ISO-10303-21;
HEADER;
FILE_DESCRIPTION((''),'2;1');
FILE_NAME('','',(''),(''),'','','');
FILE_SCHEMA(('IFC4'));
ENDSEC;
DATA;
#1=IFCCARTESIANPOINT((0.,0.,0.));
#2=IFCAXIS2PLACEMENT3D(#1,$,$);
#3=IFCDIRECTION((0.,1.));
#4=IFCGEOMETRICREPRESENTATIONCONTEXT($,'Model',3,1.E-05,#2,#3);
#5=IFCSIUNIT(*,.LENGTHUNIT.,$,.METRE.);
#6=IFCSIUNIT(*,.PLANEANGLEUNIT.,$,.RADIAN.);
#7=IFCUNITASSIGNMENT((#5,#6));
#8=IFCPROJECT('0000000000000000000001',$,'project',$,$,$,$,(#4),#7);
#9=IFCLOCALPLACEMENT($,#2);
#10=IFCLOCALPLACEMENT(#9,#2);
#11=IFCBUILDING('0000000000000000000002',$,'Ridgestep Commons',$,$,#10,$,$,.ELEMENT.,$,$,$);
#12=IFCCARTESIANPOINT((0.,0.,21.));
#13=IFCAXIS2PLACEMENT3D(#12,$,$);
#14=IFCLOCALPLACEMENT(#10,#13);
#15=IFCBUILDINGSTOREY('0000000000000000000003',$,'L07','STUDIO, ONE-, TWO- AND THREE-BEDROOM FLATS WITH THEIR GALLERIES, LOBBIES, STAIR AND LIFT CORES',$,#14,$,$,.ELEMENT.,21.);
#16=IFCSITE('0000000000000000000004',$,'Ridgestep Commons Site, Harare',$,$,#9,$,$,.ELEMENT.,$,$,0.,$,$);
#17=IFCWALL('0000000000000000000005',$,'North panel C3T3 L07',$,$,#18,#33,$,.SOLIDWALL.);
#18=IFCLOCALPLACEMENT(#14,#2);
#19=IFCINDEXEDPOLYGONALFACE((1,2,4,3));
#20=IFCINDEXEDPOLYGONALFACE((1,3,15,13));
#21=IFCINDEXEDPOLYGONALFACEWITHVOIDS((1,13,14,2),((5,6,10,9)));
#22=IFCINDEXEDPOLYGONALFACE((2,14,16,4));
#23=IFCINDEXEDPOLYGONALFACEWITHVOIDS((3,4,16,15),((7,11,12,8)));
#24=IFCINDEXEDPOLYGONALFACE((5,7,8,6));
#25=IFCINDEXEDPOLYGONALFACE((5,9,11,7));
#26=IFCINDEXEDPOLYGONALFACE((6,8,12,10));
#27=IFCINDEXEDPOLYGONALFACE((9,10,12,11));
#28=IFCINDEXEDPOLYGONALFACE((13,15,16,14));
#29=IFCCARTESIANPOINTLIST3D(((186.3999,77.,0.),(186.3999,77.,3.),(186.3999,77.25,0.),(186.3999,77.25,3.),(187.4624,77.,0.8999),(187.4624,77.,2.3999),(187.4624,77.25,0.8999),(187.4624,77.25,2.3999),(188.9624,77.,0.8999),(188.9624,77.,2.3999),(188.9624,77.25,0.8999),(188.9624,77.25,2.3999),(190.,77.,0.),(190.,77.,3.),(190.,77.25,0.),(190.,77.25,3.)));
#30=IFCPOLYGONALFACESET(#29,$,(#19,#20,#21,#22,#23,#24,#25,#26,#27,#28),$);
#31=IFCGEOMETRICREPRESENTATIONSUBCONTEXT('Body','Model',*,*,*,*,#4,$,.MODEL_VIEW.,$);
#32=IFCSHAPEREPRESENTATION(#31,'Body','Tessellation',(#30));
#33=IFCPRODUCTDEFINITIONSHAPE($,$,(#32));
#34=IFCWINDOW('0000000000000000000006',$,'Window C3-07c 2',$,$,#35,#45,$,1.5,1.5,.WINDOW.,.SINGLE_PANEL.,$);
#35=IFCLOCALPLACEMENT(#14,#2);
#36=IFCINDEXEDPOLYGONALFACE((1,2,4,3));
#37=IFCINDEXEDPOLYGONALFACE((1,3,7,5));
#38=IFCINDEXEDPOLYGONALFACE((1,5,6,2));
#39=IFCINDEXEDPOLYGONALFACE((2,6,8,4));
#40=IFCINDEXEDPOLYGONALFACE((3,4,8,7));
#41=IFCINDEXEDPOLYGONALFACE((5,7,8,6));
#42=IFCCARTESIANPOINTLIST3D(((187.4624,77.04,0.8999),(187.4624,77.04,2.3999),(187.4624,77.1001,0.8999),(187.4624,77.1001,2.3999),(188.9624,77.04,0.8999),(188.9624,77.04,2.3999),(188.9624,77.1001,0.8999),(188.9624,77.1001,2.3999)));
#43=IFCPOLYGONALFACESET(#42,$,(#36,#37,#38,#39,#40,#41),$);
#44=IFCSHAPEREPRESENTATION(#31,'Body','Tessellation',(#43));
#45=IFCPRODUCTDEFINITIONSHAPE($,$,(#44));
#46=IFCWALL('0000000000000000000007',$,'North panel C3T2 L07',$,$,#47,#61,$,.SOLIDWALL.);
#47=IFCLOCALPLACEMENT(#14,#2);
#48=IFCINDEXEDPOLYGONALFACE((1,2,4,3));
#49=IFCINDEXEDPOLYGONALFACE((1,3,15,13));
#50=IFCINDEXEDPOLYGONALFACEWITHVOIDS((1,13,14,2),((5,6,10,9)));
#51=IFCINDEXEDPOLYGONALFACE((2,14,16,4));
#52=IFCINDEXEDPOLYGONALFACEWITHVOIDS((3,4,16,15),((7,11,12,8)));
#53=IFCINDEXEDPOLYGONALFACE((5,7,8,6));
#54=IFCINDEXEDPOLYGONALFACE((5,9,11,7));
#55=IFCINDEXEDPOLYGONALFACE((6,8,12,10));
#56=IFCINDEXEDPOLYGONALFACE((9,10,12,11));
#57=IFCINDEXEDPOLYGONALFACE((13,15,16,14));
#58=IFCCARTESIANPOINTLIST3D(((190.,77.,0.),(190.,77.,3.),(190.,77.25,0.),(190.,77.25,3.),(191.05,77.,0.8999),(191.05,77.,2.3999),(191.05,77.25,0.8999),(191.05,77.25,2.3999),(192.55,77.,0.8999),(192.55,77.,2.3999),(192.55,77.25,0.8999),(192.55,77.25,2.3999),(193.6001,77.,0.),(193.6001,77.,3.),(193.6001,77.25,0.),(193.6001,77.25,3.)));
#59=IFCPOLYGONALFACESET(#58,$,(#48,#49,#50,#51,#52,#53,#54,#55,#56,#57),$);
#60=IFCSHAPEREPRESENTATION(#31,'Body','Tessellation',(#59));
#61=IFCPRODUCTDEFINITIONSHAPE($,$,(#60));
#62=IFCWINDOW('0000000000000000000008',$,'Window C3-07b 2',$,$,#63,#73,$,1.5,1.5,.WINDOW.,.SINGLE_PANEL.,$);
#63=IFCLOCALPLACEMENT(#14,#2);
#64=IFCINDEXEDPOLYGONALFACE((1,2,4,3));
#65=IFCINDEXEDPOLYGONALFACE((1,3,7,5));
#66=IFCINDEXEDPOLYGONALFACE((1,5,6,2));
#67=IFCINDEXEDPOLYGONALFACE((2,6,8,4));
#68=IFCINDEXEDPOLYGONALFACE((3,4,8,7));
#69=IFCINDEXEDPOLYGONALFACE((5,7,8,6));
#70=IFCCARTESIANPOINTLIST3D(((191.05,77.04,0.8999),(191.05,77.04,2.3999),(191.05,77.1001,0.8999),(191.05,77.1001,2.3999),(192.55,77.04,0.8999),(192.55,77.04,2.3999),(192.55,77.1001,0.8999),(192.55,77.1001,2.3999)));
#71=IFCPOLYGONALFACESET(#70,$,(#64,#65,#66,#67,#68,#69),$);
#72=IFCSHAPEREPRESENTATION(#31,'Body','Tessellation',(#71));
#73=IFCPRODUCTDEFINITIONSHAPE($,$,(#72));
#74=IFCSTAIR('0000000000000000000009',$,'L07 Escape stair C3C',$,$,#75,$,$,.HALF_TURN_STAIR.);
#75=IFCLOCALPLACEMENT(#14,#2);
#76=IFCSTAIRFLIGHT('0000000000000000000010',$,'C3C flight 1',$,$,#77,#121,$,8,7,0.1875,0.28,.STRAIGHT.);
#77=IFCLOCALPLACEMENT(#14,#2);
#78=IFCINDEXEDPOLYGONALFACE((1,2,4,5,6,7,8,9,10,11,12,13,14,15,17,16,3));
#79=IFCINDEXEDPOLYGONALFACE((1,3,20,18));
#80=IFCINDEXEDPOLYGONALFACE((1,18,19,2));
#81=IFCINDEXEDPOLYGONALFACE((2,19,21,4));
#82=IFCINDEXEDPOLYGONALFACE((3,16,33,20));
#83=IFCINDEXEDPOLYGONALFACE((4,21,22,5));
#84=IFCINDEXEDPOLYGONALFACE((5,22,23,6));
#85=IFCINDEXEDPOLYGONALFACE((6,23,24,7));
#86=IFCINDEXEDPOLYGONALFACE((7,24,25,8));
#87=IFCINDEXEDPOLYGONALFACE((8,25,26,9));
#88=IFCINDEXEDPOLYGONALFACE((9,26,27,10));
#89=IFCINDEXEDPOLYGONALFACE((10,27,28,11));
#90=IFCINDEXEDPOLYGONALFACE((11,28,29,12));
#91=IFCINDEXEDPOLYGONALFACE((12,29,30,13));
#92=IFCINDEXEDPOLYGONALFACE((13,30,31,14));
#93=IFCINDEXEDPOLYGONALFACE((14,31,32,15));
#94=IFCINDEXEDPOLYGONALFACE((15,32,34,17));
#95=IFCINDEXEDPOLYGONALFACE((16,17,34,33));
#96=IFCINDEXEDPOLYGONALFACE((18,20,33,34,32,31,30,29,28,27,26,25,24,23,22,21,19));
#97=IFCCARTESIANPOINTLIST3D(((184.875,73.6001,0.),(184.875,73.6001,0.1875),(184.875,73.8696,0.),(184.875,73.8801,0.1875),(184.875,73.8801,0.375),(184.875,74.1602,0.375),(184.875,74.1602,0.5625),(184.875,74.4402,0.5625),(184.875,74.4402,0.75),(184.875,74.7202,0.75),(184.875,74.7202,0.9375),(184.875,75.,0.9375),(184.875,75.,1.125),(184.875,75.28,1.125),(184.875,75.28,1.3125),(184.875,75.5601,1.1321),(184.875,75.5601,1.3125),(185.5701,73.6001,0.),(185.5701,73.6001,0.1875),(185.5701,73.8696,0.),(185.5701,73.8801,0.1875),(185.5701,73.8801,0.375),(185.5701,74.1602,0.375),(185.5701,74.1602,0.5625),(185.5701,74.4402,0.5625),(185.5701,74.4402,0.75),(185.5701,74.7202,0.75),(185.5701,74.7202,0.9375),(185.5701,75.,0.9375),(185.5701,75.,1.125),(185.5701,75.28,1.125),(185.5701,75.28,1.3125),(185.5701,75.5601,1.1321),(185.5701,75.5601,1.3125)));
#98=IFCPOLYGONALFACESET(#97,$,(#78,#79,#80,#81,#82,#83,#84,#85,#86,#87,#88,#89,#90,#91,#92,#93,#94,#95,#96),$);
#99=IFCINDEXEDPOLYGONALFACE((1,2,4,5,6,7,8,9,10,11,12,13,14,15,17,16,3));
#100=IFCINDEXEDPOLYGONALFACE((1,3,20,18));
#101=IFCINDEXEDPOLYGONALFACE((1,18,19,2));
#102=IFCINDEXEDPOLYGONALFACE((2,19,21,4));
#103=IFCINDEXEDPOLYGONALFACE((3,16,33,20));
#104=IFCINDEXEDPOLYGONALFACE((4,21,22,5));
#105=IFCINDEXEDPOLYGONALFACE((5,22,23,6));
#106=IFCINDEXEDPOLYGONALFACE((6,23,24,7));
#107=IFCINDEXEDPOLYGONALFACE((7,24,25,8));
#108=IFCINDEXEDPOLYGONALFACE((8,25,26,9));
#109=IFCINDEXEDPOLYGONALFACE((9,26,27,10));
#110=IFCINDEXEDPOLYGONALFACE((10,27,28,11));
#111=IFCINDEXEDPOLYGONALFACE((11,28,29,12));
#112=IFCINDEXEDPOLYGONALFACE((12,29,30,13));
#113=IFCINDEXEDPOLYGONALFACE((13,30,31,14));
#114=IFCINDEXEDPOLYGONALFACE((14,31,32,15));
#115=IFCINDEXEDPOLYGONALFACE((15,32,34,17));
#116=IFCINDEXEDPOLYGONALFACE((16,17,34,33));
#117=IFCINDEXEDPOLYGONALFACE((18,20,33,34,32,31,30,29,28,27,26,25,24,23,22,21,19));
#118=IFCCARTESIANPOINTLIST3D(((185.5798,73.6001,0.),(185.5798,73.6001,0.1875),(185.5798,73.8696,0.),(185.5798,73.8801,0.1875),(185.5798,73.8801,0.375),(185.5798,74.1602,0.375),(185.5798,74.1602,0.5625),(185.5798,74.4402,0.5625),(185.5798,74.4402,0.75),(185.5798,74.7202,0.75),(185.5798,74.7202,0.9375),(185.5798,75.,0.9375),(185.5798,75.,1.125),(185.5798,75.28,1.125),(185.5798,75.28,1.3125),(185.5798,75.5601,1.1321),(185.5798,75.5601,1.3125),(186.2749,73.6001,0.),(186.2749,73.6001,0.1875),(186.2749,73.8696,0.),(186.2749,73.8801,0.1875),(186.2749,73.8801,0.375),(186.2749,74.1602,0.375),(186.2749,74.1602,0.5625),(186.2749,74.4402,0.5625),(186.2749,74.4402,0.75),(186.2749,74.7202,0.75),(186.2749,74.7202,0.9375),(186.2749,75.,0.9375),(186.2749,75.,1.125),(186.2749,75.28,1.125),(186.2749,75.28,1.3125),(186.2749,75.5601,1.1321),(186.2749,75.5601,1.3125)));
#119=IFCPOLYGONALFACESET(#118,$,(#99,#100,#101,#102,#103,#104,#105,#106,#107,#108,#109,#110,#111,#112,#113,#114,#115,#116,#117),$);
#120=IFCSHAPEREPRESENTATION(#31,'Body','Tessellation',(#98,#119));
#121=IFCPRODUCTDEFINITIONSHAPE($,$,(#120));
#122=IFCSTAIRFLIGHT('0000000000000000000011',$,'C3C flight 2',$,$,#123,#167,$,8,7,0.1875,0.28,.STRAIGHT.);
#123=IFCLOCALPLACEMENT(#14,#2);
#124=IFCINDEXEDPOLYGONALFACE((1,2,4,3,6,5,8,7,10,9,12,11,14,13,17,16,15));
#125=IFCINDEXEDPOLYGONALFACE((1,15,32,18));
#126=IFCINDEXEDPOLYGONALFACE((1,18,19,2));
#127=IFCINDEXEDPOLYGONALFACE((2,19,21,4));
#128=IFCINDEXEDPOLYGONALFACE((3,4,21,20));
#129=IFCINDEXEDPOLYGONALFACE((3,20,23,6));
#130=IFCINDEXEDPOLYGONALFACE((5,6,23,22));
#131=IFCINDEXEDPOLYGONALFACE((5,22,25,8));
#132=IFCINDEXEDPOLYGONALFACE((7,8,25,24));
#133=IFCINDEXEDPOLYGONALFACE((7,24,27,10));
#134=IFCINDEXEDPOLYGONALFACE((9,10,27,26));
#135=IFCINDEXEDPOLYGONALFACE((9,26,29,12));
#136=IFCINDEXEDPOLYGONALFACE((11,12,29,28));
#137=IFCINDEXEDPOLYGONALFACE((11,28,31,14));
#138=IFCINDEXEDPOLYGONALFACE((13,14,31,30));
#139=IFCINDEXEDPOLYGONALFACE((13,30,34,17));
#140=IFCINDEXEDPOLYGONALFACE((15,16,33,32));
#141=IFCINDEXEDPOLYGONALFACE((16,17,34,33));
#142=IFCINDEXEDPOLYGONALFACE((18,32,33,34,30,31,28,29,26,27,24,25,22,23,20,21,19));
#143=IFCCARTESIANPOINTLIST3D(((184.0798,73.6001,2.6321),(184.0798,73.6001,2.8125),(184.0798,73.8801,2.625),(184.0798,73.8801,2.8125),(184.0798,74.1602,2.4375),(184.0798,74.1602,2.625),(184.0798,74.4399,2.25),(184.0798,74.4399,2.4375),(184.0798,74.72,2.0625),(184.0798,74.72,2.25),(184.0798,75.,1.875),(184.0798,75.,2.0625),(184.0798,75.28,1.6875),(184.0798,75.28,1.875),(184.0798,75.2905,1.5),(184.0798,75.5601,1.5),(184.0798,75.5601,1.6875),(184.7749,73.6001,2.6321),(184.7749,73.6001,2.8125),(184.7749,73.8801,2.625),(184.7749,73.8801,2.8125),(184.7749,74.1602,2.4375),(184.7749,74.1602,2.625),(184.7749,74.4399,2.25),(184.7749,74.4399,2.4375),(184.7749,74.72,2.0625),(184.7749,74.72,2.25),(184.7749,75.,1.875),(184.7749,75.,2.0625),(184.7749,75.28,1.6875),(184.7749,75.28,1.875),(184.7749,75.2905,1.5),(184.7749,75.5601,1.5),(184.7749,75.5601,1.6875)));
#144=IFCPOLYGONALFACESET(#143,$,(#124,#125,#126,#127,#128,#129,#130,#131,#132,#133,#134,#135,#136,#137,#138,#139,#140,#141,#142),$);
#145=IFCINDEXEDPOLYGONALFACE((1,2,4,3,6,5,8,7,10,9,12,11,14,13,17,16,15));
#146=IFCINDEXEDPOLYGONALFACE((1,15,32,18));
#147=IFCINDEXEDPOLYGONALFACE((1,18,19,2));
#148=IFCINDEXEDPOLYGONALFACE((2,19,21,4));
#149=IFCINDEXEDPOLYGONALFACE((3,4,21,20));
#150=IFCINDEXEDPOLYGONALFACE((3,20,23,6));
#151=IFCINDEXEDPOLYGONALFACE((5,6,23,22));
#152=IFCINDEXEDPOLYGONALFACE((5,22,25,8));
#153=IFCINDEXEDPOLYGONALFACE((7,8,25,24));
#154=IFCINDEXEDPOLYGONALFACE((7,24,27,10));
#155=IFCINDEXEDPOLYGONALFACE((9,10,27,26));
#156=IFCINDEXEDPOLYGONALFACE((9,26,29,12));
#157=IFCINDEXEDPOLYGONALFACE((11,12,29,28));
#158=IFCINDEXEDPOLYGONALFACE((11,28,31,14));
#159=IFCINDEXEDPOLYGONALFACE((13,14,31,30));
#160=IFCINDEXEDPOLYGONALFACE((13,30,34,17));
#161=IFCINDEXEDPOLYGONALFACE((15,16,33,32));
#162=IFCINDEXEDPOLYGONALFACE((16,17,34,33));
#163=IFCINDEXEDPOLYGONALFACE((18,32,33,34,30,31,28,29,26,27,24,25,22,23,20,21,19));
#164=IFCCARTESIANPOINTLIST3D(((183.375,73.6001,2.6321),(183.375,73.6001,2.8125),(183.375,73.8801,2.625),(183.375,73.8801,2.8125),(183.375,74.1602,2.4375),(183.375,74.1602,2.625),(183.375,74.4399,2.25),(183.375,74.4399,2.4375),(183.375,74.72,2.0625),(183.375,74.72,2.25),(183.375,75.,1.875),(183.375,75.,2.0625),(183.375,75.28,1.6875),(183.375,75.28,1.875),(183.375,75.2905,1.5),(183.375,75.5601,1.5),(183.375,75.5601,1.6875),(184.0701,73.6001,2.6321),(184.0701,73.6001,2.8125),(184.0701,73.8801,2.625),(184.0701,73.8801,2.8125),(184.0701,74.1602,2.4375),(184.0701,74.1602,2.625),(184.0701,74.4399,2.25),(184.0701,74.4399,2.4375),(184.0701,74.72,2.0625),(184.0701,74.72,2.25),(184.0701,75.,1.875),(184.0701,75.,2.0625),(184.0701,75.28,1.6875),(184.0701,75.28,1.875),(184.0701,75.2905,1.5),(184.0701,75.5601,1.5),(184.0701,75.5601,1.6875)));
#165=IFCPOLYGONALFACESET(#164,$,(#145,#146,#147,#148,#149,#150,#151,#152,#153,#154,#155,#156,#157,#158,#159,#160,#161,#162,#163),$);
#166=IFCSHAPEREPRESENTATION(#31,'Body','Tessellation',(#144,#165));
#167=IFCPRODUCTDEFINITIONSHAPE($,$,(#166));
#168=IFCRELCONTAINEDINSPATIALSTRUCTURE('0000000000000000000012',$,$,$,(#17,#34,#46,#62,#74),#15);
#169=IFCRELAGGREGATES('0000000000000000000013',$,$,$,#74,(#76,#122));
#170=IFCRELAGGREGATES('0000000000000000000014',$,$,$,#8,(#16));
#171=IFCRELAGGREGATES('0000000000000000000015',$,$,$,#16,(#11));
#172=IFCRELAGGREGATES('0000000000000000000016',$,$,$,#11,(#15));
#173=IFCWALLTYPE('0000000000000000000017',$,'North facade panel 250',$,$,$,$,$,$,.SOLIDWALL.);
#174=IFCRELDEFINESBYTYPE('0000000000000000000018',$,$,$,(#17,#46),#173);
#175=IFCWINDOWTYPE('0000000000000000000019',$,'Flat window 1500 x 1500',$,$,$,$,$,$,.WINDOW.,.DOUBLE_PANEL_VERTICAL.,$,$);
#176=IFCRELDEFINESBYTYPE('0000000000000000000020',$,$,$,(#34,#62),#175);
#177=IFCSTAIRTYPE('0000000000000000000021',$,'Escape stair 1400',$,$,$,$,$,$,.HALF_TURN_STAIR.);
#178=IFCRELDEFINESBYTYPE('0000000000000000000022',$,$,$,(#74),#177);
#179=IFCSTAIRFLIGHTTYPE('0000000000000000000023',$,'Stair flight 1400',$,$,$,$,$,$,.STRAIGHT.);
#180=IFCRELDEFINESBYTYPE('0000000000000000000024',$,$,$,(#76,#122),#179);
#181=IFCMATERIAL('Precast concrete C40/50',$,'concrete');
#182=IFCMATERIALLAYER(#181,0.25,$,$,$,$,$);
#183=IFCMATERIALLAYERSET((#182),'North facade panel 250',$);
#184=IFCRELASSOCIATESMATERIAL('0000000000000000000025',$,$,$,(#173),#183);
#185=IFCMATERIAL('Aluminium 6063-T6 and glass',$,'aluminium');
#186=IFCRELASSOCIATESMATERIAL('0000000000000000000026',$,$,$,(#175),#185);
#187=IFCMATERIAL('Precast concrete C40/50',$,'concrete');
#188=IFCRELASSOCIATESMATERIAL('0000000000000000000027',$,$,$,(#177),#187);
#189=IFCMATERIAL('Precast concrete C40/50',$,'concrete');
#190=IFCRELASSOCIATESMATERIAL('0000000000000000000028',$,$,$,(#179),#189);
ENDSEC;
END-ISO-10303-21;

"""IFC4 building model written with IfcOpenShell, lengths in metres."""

from ifc_helpers import new_model, si_unit, direction, frame, frame_2d, origin, place, context, subcontext, project, spatial, polyline, rectangle, outline, extrude, material, layer, layer_set, type_object, element, fill, aggregate, save


model = new_model("IFC4")

# Units and contexts
model_context = context("Model", 3, precision=1e-05, world=origin(), true_north=direction((0.0, 1.0)))
body_context = subcontext(model_context, "Body", "Model", "MODEL_VIEW")
ifc_project = project(units=[si_unit("LENGTHUNIT", "METRE"), si_unit("PLANEANGLEUNIT", "RADIAN")], contexts=[model_context])

# Site, building, storey
site_placement = place(None, origin())
site = spatial("IfcSite", under=ifc_project, at=site_placement, Name="Ridgestep Commons Site, Harare", CompositionType="ELEMENT", RefElevation=0.0)
building_placement = place(site_placement, origin())
building = spatial("IfcBuilding", under=site, at=building_placement, Name="Ridgestep Commons", CompositionType="ELEMENT")
storey_placement = place(building_placement, frame((0.0, 0.0, 21.0)))
storey = spatial("IfcBuildingStorey", under=building, at=storey_placement, Name="L07", Description="STUDIO, ONE-, TWO- AND THREE-BEDROOM FLATS WITH THEIR GALLERIES, LOBBIES, STAIR AND LIFT CORES", CompositionType="ELEMENT", Elevation=21.0)

# Shared definitions
ifc_material_1 = material(Name="Precast concrete C40/50", Category="concrete")
ifc_layer_1 = layer(ifc_material_1, 0.25)
ifc_layer_set_1 = layer_set([ifc_layer_1], Name="North facade panel 250")
wall_type_1 = type_object("IfcWallType", Name="North facade panel 250", PredefinedType="SOLIDWALL", material=ifc_layer_set_1)

# Walls, openings, windows
wall_1_placement = place(storey_placement, frame((186.3999, 77.125, 0.0), z_axis=(0.0, 0.0, 1.0), x_axis=(1.0, 0.0, 0.0)))
wall_1 = element("IfcWall", 1, at=wall_1_placement, inside=storey, type_object=wall_type_1, Name="North panel C3T3 L07", PredefinedType="SOLIDWALL", context=body_context, shape_type="SweptSolid", body=[
    extrude(rectangle(XDim=3.6001, YDim=0.25, at=frame_2d((1.8, 0.0))), origin(), (0.0, 0.0, 1.0), 3.0),
])
opening_1_placement = place(wall_1_placement, frame((1.0625, 0.0, 0.8999)))
opening_1 = element("IfcOpeningElement", 2, at=opening_1_placement, cuts=wall_1, PredefinedType="OPENING", context=body_context, shape_type="SweptSolid", body=[
    extrude(rectangle(XDim=1.5, YDim=1.5, at=frame_2d((0.75, 0.75))), frame((0.0, 0.135, 0.0), z_axis=(0.0, -1.0, 0.0), x_axis=(1.0, 0.0, 0.0)), (0.0, 0.0, 1.0), 0.27),
])
ifc_material_2 = material(Name="Aluminium 6063-T6 and glass", Category="aluminium")
window_type = type_object("IfcWindowType", Name="Flat window 1500 x 1500", PartitioningType="DOUBLE_PANEL_VERTICAL", PredefinedType="WINDOW", material=ifc_material_2)
window_1_placement = place(opening_1_placement, origin())
window_1 = element("IfcWindow", 3, at=window_1_placement, inside=storey, type_object=window_type, Name="Window C3-07c 2", OverallHeight=1.5, OverallWidth=1.5, PartitioningType="SINGLE_PANEL", PredefinedType="WINDOW", context=body_context, shape_type="SweptSolid", body=[
    extrude(rectangle(XDim=1.5, YDim=1.5, at=frame_2d((0.75, 0.75))), frame((0.0, -0.0249, 0.0), z_axis=(0.0, -1.0, 0.0), x_axis=(1.0, 0.0, 0.0)), (0.0, 0.0, 1.0), 0.0601),
])
fill(opening_1, window_1)
wall_2_placement = place(storey_placement, frame((190.0, 77.125, 0.0), z_axis=(0.0, 0.0, 1.0), x_axis=(1.0, 0.0, 0.0)))
wall_2 = element("IfcWall", 4, at=wall_2_placement, inside=storey, type_object=wall_type_1, Name="North panel C3T2 L07", PredefinedType="SOLIDWALL", context=body_context, shape_type="SweptSolid", body=[
    extrude(rectangle(XDim=3.6001, YDim=0.25, at=frame_2d((1.8, 0.0))), origin(), (0.0, 0.0, 1.0), 3.0),
])
opening_2_placement = place(wall_2_placement, frame((1.05, 0.0, 0.8999)))
opening_2 = element("IfcOpeningElement", 5, at=opening_2_placement, cuts=wall_2, PredefinedType="OPENING", context=body_context, shape_type="SweptSolid", body=[
    extrude(rectangle(XDim=1.5, YDim=1.5, at=frame_2d((0.75, 0.75))), frame((0.0, 0.135, 0.0), z_axis=(0.0, -1.0, 0.0), x_axis=(1.0, 0.0, 0.0)), (0.0, 0.0, 1.0), 0.27),
])
window_2_placement = place(opening_2_placement, origin())
window_2 = element("IfcWindow", 6, at=window_2_placement, inside=storey, type_object=window_type, Name="Window C3-07b 2", OverallHeight=1.5, OverallWidth=1.5, PartitioningType="SINGLE_PANEL", PredefinedType="WINDOW", context=body_context, shape_type="SweptSolid", body=[
    extrude(rectangle(XDim=1.5, YDim=1.5, at=frame_2d((0.75, 0.75))), frame((0.0, -0.0249, 0.0), z_axis=(0.0, -1.0, 0.0), x_axis=(1.0, 0.0, 0.0)), (0.0, 0.0, 1.0), 0.0601),
])
fill(opening_2, window_2)

# Stair, stair flights
ifc_material_3 = material(Name="Precast concrete C40/50", Category="concrete")
stair_type = type_object("IfcStairType", Name="Escape stair 1400", PredefinedType="HALF_TURN_STAIR", material=ifc_material_3)
stair_placement = place(storey_placement, origin())
stair = element("IfcStair", 7, at=stair_placement, inside=storey, type_object=stair_type, Name="L07 Escape stair C3C", PredefinedType="HALF_TURN_STAIR")
ifc_material_4 = material(Name="Precast concrete C40/50", Category="concrete")
stair_flight_type = type_object("IfcStairFlightType", Name="Stair flight 1400", PredefinedType="STRAIGHT", material=ifc_material_4)
stair_flight_1_placement = place(storey_placement, frame((185.575, 73.6001, 0.0), z_axis=(0.0, 0.0, 1.0), x_axis=(0.0, 1.0, 0.0)))
stair_flight_1 = element("IfcStairFlight", 8, at=stair_flight_1_placement, type_object=stair_flight_type, Name="C3C flight 1", NumberOfRisers=8, NumberOfTreads=7, PredefinedType="STRAIGHT", RiserHeight=0.1875, TreadLength=0.28, context=body_context, shape_type="SweptSolid", body=[
    extrude(outline(polyline([(0.0, 0.0), (0.0, 0.1875), (0.28, 0.1875), (0.28, 0.375), (0.5601, 0.375), (0.5601, 0.5625), (0.8401, 0.5625), (0.8401, 0.75), (1.1201, 0.75), (1.1201, 0.9375), (1.3999, 0.9375), (1.3999, 1.125), (1.6799, 1.125), (1.6799, 1.3125), (1.96, 1.3125), (1.96, 1.5), (1.96, 1.1321), (0.2695, 0.0), (0.0, 0.0)])), frame((0.0, 0.7, 0.0), z_axis=(0.0, -1.0, 0.0), x_axis=(1.0, 0.0, 0.0)), (0.0, 0.0, 1.0), 0.6951),
    extrude(outline(polyline([(0.0, 0.0), (0.0, 0.1875), (0.28, 0.1875), (0.28, 0.375), (0.5601, 0.375), (0.5601, 0.5625), (0.8401, 0.5625), (0.8401, 0.75), (1.1201, 0.75), (1.1201, 0.9375), (1.3999, 0.9375), (1.3999, 1.125), (1.6799, 1.125), (1.6799, 1.3125), (1.96, 1.3125), (1.96, 1.5), (1.96, 1.1321), (0.2695, 0.0), (0.0, 0.0)])), frame((0.0, -0.0049, 0.0), z_axis=(0.0, -1.0, 0.0), x_axis=(1.0, 0.0, 0.0)), (0.0, 0.0, 1.0), 0.6951),
])
stair_flight_2_placement = place(storey_placement, frame((184.075, 75.5601, 1.5), z_axis=(0.0, 0.0, 1.0), x_axis=(0.0, -1.0, 0.0)))
stair_flight_2 = element("IfcStairFlight", 9, at=stair_flight_2_placement, type_object=stair_flight_type, Name="C3C flight 2", NumberOfRisers=8, NumberOfTreads=7, PredefinedType="STRAIGHT", RiserHeight=0.1875, TreadLength=0.28, context=body_context, shape_type="SweptSolid", body=[
    extrude(outline(polyline([(0.0, 0.0), (0.0, 0.1875), (0.28, 0.1875), (0.28, 0.375), (0.5601, 0.375), (0.5601, 0.5625), (0.8401, 0.5625), (0.8401, 0.75), (1.1201, 0.75), (1.1201, 0.9375), (1.3999, 0.9375), (1.3999, 1.125), (1.6799, 1.125), (1.6799, 1.3125), (1.96, 1.3125), (1.96, 1.5), (1.96, 1.1321), (0.2695, 0.0), (0.0, 0.0)])), frame((0.0, 0.7, 0.0), z_axis=(0.0, -1.0, 0.0), x_axis=(1.0, 0.0, 0.0)), (0.0, 0.0, 1.0), 0.6951),
    extrude(outline(polyline([(0.0, 0.0), (0.0, 0.1875), (0.28, 0.1875), (0.28, 0.375), (0.5601, 0.375), (0.5601, 0.5625), (0.8401, 0.5625), (0.8401, 0.75), (1.1201, 0.75), (1.1201, 0.9375), (1.3999, 0.9375), (1.3999, 1.125), (1.6799, 1.125), (1.6799, 1.3125), (1.96, 1.3125), (1.96, 1.5), (1.96, 1.1321), (0.2695, 0.0), (0.0, 0.0)])), frame((0.0, -0.0049, 0.0), z_axis=(0.0, -1.0, 0.0), x_axis=(1.0, 0.0, 0.0)), (0.0, 0.0, 1.0), 0.6951),
])
aggregate(stair, [stair_flight_1, stair_flight_2])

save(model, "model.ifc")
